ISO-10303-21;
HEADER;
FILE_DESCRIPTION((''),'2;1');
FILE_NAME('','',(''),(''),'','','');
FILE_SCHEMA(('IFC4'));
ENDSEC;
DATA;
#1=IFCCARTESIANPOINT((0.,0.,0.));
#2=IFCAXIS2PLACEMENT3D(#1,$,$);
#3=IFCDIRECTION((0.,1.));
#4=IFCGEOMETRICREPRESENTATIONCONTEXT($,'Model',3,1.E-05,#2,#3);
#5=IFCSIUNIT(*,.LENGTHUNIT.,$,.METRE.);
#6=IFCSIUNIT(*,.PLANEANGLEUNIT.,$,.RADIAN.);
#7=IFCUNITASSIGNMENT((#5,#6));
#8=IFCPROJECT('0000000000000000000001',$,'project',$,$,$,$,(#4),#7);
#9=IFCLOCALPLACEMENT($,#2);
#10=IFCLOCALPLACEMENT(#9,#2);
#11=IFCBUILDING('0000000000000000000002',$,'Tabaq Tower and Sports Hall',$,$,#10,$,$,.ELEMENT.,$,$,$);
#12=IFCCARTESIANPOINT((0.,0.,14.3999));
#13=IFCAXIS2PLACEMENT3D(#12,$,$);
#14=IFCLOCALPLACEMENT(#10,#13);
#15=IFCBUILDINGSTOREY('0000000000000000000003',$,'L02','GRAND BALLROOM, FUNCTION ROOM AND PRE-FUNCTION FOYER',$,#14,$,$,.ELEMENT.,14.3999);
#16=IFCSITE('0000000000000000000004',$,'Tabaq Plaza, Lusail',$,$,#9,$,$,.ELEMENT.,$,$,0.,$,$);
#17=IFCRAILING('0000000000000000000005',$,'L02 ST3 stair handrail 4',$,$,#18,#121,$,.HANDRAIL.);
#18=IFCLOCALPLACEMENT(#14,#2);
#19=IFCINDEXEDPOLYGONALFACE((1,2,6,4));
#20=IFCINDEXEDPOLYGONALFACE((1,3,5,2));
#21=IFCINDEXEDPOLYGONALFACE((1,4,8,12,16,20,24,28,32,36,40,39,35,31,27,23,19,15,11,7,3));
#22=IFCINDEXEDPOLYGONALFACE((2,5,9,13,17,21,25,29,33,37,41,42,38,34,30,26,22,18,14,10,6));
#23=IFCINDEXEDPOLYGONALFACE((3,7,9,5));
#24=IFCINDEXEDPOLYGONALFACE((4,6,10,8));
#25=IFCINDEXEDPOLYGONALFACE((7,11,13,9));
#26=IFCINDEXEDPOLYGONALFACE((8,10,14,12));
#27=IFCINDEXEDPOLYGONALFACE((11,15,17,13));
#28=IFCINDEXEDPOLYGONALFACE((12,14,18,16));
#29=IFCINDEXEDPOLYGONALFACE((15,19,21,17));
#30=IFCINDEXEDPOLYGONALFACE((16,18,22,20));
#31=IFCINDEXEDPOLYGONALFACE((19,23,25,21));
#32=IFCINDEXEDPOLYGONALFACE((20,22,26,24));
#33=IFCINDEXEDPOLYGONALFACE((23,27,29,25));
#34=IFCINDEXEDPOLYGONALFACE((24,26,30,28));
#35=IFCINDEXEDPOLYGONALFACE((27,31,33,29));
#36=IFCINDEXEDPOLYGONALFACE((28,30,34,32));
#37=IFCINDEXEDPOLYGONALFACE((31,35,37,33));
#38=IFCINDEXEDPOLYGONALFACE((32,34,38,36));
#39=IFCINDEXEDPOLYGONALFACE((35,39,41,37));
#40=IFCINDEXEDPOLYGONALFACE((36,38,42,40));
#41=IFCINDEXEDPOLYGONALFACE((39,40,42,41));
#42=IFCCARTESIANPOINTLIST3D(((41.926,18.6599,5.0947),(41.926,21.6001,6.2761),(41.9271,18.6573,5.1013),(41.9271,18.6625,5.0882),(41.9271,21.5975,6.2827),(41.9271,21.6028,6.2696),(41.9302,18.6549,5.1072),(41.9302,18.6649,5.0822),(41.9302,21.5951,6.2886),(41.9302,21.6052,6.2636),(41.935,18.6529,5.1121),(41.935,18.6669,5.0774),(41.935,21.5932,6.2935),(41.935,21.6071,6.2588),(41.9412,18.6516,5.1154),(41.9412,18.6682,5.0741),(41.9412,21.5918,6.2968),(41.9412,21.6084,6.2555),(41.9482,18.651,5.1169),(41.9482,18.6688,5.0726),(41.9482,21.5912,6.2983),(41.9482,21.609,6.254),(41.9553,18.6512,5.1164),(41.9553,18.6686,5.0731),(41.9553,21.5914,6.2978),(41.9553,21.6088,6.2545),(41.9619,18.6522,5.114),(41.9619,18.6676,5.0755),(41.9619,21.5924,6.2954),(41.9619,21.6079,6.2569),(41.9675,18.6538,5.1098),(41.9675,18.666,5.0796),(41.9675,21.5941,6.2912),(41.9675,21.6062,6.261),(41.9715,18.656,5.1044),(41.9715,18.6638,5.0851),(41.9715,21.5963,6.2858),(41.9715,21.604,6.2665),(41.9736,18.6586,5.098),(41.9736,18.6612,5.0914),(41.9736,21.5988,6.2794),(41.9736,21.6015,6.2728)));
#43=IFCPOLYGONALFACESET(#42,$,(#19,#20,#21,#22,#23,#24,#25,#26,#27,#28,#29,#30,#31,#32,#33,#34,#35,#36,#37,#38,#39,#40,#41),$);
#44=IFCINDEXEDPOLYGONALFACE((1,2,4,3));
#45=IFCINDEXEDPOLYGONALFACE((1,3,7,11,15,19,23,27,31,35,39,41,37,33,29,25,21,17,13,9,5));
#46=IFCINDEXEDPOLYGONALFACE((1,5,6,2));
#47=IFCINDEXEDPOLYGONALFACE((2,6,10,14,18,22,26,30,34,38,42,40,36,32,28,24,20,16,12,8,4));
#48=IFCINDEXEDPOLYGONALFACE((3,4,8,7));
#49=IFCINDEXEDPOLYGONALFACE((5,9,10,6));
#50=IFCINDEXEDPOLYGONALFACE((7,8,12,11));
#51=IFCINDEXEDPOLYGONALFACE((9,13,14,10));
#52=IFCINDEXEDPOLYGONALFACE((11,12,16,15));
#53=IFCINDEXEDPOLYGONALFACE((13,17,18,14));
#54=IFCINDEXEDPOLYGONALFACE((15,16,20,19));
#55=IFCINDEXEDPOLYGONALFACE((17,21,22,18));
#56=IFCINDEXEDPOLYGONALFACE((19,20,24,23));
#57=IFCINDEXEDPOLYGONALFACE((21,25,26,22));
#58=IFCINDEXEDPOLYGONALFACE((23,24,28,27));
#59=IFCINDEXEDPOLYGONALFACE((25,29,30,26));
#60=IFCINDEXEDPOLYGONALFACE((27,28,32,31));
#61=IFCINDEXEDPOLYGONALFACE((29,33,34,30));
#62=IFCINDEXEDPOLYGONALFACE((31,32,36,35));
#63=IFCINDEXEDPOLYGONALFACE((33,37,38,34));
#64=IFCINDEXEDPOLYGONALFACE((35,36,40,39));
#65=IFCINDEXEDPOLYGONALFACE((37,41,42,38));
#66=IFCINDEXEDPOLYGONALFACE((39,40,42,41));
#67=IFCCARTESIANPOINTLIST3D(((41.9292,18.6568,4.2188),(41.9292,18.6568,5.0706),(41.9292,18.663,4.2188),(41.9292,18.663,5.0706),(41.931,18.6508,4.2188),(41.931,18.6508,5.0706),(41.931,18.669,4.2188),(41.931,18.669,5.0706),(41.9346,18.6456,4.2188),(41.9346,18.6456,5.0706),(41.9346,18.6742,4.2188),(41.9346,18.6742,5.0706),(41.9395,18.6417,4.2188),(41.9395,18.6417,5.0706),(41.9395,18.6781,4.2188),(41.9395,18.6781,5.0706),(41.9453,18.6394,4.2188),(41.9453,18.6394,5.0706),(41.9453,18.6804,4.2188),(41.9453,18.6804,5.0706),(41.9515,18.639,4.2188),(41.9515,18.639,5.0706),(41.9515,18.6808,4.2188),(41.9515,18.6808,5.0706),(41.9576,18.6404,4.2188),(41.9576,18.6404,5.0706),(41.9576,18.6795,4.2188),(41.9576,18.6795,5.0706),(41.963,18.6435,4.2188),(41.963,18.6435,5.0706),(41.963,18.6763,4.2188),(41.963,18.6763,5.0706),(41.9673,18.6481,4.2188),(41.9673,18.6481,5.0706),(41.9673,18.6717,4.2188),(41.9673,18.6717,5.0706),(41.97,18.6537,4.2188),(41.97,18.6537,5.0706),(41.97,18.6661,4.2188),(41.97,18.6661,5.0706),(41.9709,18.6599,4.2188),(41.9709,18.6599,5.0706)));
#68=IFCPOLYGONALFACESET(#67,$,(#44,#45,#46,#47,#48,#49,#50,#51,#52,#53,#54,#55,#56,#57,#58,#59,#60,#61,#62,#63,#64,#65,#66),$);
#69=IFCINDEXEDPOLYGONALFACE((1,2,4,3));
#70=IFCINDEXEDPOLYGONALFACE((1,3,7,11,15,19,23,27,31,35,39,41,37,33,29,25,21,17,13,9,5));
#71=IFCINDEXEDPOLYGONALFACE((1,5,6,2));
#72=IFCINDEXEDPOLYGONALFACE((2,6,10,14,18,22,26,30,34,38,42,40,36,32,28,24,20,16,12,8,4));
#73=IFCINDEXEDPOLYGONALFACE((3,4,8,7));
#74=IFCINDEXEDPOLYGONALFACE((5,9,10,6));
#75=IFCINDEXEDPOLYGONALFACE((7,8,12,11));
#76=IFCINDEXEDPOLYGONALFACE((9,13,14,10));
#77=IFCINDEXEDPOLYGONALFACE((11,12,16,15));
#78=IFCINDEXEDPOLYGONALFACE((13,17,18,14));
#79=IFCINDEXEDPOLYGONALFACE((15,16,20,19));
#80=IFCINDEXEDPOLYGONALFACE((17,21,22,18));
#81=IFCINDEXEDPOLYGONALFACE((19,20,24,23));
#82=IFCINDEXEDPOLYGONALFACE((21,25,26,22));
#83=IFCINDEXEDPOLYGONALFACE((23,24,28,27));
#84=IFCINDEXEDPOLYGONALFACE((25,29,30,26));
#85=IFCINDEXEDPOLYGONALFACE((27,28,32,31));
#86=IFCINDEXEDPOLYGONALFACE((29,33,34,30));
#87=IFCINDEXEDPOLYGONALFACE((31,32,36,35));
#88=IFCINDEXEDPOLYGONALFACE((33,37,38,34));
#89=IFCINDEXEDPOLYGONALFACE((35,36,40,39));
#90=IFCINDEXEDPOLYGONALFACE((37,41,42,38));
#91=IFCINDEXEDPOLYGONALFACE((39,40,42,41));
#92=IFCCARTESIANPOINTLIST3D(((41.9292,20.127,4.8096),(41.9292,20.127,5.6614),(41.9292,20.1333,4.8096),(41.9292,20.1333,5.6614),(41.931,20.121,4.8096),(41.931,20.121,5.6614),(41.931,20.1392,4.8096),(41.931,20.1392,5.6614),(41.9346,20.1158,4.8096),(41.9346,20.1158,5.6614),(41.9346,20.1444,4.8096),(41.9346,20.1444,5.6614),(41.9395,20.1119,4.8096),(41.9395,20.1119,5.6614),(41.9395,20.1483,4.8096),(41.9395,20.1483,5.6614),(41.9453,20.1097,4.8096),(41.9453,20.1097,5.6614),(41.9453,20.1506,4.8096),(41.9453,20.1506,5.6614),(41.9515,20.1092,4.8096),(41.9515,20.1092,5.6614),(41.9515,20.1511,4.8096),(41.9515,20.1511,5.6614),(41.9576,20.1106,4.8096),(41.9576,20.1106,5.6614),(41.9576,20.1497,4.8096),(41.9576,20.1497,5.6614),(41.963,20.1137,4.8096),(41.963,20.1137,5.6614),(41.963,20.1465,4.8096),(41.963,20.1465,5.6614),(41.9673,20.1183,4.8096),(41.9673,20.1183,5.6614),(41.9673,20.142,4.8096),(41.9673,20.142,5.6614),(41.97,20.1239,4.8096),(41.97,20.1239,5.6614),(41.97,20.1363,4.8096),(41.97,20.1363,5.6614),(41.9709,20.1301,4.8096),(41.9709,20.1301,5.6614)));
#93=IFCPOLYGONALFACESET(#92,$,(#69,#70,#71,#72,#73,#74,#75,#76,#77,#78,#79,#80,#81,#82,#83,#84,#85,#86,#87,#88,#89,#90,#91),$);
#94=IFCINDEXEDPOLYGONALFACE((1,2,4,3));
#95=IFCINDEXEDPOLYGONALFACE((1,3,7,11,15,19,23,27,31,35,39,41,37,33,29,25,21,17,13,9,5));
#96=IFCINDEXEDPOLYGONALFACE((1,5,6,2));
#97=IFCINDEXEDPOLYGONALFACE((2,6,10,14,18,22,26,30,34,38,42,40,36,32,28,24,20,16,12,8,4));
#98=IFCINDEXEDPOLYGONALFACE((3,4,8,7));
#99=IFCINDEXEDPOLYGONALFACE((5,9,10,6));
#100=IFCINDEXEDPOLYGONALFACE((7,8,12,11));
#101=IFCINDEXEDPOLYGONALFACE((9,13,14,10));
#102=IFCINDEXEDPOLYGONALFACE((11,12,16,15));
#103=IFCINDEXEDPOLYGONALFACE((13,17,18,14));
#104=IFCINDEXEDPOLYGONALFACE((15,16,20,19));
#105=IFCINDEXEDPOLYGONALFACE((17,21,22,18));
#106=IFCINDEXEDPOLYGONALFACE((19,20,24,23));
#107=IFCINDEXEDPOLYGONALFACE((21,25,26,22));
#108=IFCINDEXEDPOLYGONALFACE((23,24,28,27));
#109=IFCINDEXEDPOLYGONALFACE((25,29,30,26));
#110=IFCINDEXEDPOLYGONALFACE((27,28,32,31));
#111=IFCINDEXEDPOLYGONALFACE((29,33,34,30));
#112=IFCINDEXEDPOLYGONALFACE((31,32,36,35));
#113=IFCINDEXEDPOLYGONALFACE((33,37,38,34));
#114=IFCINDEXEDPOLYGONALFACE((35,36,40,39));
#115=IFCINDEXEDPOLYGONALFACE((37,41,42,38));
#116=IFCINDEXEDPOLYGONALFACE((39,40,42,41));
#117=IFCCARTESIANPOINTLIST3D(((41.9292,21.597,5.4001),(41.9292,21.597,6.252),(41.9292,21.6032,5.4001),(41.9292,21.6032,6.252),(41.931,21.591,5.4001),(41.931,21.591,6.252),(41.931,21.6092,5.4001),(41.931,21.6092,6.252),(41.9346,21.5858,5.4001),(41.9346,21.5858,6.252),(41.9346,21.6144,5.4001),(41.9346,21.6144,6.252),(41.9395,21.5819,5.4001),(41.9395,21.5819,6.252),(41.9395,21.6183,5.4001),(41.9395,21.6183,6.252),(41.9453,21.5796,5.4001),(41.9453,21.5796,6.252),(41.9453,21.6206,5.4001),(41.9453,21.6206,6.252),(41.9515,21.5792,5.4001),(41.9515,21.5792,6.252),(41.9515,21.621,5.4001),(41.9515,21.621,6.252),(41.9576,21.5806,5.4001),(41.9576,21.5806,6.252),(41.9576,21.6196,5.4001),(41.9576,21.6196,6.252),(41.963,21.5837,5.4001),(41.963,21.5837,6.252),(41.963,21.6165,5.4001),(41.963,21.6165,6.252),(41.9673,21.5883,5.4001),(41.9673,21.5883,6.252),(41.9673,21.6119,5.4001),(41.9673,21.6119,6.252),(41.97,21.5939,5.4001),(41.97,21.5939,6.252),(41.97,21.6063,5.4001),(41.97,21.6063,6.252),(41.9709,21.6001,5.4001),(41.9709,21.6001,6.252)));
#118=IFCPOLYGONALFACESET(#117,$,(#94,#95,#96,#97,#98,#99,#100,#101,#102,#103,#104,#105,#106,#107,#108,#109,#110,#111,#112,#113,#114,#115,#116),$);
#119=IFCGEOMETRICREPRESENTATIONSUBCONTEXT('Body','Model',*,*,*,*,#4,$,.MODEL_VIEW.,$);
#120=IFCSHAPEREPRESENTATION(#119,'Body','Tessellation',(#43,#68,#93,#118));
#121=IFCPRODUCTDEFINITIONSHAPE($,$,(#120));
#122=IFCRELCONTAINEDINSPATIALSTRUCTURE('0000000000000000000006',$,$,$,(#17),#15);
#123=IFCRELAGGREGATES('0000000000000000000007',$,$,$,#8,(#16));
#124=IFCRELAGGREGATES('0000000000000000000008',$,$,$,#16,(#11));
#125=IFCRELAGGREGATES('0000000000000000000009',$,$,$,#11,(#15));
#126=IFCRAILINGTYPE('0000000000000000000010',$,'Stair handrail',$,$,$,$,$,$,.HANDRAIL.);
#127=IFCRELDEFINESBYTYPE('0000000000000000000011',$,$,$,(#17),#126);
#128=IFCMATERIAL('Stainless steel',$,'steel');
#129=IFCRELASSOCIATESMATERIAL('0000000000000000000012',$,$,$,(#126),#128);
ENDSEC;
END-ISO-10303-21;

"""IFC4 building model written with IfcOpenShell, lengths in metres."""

from ifc_helpers import new_model, si_unit, direction, frame, origin, origin_2d, place, context, subcontext, project, spatial, circle, extrude, material, type_object, element, save


model = new_model("IFC4")

# Units and contexts
model_context = context("Model", 3, precision=1e-05, world=origin(), true_north=direction((0.0, 1.0)))
body_context = subcontext(model_context, "Body", "Model", "MODEL_VIEW")
ifc_project = project(units=[si_unit("LENGTHUNIT", "METRE"), si_unit("PLANEANGLEUNIT", "RADIAN")], contexts=[model_context])

# Site, building, storey
site_placement = place(None, origin())
site = spatial("IfcSite", under=ifc_project, at=site_placement, Name="Tabaq Plaza, Lusail", CompositionType="ELEMENT", RefElevation=0.0)
building_placement = place(site_placement, origin())
building = spatial("IfcBuilding", under=site, at=building_placement, Name="Tabaq Tower and Sports Hall", CompositionType="ELEMENT")
storey_placement = place(building_placement, frame((0.0, 0.0, 14.3999)))
storey = spatial("IfcBuildingStorey", under=building, at=storey_placement, Name="L02", Description="GRAND BALLROOM, FUNCTION ROOM AND PRE-FUNCTION FOYER", CompositionType="ELEMENT", Elevation=14.3999)

# Railing
ifc_material_1 = material(Name="Stainless steel", Category="steel")
railing_type_1 = type_object("IfcRailingType", Name="Stair handrail", PredefinedType="HANDRAIL", material=ifc_material_1)
for number, where, name in (
    (1, (41.95, 18.6599, 4.2188), "L02 ST3 stair handrail 4"),
):
    element("IfcRailing", number, at=place(storey_placement, frame(where)), inside=storey, type_object=railing_type_1, Name=name, PredefinedType="HANDRAIL", context=body_context, shape_type="SweptSolid", body=[
        extrude(circle(Radius=0.0239, at=origin_2d()), frame((0.0, 0.0, 0.876), z_axis=(0.0, 0.927896, 0.372838), x_axis=(-1.0, 0.0, 0.0)), (0.0, 0.0, 1.0), 3.1687),
        extrude(circle(Radius=0.021, at=origin_2d()), origin(), (0.0, 0.0, 1.0), 0.8518),
        extrude(circle(Radius=0.021, at=origin_2d()), frame((0.0, 1.4702, 0.5908)), (0.0, 0.0, 1.0), 0.8518),
        extrude(circle(Radius=0.021, at=origin_2d()), frame((0.0, 2.9402, 1.1814)), (0.0, 0.0, 1.0), 0.8518),
    ])

save(model, "model.ifc")
